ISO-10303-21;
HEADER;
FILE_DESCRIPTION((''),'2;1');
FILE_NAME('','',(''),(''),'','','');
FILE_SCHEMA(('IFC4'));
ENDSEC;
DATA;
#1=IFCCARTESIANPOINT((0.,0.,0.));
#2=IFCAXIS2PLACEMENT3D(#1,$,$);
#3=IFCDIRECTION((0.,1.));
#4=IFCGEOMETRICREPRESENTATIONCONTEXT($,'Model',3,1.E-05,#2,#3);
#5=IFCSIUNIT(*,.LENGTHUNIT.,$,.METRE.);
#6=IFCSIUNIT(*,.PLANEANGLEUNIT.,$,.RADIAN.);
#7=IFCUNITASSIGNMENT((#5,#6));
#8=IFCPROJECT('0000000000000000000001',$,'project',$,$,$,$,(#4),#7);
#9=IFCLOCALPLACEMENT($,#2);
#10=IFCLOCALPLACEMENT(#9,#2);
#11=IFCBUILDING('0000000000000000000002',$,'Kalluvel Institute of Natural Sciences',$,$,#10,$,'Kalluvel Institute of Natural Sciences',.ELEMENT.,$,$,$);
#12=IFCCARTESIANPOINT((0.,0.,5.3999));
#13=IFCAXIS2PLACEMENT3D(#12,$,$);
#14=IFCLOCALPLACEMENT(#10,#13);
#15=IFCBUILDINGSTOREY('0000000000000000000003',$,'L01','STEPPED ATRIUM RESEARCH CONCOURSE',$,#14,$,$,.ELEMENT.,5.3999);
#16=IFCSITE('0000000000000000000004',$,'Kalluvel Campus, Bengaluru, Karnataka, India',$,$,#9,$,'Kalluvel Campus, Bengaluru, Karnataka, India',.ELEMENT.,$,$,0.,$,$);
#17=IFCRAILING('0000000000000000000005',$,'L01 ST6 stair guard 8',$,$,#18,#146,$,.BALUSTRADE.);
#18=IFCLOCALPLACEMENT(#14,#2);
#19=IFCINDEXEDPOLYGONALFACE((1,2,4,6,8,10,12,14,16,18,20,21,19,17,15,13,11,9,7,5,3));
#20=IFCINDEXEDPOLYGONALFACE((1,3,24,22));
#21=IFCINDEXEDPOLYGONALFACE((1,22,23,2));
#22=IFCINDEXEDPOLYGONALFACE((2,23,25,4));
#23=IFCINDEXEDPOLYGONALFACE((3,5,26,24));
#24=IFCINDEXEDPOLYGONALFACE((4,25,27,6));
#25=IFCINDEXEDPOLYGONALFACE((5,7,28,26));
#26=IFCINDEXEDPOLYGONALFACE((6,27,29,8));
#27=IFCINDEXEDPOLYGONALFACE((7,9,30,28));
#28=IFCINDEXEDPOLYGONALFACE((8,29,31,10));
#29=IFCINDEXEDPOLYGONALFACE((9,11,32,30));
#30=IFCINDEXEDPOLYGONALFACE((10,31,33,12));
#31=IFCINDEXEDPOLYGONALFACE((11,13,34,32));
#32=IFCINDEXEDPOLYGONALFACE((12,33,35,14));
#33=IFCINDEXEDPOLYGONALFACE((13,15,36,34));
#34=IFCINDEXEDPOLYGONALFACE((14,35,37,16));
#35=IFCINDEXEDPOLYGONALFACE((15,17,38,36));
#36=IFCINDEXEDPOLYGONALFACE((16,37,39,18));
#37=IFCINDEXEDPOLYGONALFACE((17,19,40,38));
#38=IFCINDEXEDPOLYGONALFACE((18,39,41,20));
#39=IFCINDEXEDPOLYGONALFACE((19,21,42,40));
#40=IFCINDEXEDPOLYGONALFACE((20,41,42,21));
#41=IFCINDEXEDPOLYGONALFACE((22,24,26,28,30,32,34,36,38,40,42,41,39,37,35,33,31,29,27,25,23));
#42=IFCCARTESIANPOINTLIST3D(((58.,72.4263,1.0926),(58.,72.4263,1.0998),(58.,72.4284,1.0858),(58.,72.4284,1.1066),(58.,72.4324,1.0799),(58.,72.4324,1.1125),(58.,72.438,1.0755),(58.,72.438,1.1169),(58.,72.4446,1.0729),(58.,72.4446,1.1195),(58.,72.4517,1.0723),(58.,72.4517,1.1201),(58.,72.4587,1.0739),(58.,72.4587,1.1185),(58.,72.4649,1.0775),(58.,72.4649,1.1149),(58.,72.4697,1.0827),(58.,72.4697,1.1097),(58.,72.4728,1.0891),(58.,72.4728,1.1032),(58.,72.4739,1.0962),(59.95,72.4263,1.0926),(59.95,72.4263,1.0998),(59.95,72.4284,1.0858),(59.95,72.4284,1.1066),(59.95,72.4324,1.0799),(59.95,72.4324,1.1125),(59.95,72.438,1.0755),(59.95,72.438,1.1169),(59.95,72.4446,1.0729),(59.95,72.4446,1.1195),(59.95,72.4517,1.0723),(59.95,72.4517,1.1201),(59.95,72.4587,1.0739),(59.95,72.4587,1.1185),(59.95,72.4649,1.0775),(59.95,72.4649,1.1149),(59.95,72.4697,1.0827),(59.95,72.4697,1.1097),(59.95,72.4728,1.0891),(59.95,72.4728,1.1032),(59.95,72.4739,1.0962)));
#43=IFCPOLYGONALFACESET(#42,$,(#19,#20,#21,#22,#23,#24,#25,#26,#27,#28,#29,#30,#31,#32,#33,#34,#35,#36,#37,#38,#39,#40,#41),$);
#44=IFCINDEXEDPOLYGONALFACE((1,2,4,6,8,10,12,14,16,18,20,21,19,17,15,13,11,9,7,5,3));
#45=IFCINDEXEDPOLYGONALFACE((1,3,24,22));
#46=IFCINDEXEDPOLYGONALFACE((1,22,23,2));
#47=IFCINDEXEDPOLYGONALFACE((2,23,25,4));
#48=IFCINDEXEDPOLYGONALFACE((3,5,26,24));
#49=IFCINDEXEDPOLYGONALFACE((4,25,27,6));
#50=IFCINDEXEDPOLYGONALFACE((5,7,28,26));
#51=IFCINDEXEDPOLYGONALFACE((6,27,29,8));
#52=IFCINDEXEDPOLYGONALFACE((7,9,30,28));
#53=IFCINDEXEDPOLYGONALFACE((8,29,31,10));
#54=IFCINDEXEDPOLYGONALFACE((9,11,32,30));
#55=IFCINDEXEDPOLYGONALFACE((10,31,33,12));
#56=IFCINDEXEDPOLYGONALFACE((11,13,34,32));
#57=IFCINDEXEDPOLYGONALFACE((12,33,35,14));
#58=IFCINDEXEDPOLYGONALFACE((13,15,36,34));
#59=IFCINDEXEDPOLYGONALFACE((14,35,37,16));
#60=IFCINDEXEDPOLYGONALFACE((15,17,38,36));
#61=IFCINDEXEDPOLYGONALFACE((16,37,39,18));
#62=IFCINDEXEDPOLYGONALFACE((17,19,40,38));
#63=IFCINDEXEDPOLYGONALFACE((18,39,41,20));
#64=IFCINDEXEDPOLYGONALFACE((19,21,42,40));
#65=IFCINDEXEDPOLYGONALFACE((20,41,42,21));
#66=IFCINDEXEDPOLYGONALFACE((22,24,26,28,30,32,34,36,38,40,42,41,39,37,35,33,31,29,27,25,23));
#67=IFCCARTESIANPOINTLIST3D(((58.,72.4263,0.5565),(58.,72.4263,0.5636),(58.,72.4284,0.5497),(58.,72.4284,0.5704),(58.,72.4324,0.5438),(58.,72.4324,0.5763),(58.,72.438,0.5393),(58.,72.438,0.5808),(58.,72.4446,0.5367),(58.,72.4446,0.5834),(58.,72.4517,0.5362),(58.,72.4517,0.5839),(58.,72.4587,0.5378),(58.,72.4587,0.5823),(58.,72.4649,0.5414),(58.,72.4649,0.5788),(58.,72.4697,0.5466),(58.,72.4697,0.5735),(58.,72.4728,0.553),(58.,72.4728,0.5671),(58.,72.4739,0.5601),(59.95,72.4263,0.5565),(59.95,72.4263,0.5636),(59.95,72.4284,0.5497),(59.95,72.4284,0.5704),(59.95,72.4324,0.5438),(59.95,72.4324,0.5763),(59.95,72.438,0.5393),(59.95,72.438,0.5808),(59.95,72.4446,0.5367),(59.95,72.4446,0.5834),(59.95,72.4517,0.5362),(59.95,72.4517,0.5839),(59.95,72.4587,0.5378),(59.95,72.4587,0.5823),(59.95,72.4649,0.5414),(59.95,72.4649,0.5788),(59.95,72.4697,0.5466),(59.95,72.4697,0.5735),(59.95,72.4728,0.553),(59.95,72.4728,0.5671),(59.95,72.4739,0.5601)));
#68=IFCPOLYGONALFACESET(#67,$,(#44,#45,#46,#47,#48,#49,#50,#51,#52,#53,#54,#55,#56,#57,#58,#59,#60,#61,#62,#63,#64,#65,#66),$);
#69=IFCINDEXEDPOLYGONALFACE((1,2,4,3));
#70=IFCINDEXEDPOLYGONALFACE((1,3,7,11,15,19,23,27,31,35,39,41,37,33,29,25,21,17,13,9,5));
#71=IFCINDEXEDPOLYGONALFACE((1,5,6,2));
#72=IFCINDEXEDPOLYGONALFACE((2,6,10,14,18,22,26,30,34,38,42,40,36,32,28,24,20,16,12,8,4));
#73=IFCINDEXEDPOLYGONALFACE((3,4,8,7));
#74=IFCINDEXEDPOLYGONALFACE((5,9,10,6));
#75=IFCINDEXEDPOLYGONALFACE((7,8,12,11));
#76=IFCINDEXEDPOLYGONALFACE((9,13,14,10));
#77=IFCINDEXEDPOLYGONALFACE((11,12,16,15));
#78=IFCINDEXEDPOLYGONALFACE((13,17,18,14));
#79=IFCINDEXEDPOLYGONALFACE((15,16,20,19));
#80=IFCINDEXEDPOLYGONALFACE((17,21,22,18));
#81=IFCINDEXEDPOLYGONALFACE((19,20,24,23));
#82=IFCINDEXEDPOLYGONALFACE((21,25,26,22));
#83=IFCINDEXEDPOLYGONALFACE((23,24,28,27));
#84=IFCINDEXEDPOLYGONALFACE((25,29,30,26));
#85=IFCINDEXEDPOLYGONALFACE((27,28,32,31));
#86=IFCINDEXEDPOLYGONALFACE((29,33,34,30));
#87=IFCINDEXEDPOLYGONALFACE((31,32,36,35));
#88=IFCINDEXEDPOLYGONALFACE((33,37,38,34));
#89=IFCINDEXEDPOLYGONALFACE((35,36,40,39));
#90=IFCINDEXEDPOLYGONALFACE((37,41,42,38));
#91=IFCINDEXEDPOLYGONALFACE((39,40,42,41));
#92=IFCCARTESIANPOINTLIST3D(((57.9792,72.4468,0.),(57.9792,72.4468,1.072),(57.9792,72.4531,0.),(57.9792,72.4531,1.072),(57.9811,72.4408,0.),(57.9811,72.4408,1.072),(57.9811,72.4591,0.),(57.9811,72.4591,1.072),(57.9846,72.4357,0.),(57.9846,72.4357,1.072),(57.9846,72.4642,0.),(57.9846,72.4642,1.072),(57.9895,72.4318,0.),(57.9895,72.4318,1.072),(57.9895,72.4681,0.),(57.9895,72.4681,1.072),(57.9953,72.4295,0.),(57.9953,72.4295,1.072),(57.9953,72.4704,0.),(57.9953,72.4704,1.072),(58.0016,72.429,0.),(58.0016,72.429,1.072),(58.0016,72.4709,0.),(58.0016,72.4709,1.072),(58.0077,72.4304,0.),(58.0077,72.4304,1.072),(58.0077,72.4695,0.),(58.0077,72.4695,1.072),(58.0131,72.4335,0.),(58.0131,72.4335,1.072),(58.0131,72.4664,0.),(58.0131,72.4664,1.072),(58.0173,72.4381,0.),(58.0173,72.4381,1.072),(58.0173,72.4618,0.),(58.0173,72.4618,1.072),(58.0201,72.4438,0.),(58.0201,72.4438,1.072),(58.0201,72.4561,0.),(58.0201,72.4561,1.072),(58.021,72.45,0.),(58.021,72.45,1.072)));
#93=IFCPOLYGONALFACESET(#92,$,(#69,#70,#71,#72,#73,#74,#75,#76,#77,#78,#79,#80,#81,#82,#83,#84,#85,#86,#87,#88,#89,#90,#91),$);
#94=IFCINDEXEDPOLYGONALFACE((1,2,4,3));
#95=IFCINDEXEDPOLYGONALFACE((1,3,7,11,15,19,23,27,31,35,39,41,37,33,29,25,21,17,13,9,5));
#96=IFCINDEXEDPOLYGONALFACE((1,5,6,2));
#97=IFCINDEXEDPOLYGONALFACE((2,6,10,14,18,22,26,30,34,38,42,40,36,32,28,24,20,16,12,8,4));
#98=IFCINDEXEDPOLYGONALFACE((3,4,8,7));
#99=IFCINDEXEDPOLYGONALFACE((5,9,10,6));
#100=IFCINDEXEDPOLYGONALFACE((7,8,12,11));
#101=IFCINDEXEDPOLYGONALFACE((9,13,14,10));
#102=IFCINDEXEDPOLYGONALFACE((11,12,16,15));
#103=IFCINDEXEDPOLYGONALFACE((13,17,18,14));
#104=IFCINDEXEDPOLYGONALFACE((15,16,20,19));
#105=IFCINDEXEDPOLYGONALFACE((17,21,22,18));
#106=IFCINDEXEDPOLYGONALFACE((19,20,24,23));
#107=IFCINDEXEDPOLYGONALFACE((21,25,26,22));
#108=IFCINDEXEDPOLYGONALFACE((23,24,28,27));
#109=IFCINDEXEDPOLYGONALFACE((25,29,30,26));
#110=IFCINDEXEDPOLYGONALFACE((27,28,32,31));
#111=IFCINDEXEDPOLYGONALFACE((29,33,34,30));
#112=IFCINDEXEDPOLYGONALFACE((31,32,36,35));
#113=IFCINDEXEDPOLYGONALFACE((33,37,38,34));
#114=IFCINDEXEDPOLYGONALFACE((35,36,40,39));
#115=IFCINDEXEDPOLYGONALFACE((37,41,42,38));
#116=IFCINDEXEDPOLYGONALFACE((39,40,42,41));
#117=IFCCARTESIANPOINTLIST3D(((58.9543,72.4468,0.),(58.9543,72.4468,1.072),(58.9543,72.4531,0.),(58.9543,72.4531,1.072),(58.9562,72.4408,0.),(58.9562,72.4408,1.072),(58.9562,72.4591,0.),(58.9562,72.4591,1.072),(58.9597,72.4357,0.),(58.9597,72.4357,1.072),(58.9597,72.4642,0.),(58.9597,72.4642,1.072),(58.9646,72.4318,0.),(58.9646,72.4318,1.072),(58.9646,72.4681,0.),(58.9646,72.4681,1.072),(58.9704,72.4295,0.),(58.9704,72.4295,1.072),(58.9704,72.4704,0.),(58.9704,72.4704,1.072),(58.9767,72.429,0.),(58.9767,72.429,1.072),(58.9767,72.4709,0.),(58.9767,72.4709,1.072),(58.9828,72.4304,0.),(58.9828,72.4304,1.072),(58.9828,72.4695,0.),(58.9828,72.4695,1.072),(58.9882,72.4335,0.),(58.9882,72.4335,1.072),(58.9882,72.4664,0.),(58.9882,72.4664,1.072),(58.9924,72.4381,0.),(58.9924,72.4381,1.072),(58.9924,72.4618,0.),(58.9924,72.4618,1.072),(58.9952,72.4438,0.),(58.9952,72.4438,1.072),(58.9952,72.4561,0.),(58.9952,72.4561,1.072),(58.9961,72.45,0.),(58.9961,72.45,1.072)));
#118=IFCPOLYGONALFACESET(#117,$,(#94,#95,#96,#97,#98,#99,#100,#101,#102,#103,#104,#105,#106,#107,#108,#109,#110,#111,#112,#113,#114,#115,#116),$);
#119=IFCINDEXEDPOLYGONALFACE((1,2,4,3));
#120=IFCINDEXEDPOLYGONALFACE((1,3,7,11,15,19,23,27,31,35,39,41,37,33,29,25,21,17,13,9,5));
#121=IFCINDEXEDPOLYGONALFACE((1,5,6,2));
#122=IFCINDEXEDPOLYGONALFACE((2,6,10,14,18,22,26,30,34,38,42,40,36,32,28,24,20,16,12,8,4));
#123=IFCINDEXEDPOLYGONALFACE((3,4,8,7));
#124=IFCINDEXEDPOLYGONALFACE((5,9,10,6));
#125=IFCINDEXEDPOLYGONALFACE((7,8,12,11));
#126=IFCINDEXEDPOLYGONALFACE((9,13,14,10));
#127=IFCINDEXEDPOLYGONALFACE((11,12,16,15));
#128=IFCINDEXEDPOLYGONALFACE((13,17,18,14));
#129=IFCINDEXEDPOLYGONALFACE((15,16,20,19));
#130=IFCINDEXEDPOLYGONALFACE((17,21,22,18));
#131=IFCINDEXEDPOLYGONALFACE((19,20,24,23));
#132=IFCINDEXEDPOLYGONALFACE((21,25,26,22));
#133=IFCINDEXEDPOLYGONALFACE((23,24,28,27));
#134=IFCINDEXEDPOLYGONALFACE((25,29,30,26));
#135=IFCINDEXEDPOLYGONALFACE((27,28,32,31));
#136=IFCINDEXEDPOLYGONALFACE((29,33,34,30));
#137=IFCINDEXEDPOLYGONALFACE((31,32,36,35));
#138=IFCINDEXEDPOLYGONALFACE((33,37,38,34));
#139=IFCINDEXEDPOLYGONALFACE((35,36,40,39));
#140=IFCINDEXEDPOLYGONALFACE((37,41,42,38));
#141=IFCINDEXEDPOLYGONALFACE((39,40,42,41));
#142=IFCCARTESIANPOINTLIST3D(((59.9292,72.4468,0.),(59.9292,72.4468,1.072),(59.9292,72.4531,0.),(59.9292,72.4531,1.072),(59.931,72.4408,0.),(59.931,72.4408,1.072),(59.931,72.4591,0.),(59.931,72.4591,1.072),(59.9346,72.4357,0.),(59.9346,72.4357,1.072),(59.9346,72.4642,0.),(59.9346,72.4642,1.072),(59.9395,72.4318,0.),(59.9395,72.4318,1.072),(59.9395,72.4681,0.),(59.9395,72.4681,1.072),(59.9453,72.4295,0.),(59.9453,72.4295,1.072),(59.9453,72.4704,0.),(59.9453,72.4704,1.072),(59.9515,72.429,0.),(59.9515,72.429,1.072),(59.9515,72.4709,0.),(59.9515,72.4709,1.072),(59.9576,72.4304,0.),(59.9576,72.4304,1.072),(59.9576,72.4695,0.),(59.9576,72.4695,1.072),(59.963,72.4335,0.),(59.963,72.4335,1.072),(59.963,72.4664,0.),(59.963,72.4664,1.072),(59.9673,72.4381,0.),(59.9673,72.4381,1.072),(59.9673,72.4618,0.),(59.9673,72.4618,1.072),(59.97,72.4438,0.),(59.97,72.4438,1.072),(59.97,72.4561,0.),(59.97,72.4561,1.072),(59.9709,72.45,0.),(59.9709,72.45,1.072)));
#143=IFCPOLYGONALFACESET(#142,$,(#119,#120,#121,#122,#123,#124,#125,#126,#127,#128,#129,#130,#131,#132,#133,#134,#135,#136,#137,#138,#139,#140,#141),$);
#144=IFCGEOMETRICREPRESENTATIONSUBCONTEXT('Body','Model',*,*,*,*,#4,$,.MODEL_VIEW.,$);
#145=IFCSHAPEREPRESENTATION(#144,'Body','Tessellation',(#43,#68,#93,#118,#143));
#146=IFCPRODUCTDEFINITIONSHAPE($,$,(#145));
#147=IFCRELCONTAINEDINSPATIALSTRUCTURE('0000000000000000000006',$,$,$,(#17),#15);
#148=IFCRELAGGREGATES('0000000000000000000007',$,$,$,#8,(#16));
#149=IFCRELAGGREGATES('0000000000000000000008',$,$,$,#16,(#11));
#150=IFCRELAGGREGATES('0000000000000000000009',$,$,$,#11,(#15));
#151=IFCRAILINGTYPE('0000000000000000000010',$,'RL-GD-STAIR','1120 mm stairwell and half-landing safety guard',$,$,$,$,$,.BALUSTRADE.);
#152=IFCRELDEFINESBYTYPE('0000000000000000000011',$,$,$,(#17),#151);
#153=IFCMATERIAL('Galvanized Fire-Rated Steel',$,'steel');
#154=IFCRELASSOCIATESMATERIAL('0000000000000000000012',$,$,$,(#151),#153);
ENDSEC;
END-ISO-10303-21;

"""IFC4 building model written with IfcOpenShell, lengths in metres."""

from ifc_helpers import new_model, si_unit, direction, frame, origin, origin_2d, place, context, subcontext, project, spatial, circle, extrude, material, type_object, element, save


model = new_model("IFC4")

# Units and contexts
model_context = context("Model", 3, precision=1e-05, world=origin(), true_north=direction((0.0, 1.0)))
body_context = subcontext(model_context, "Body", "Model", "MODEL_VIEW")
ifc_project = project(units=[si_unit("LENGTHUNIT", "METRE"), si_unit("PLANEANGLEUNIT", "RADIAN")], contexts=[model_context])

# Site, building, storey
site_placement = place(None, origin())
site = spatial("IfcSite", under=ifc_project, at=site_placement, Name="Kalluvel Campus, Bengaluru, Karnataka, India", LongName="Kalluvel Campus, Bengaluru, Karnataka, India", CompositionType="ELEMENT", RefElevation=0.0)
building_placement = place(site_placement, origin())
building = spatial("IfcBuilding", under=site, at=building_placement, Name="Kalluvel Institute of Natural Sciences", LongName="Kalluvel Institute of Natural Sciences", CompositionType="ELEMENT")
storey_placement = place(building_placement, frame((0.0, 0.0, 5.3999)))
storey = spatial("IfcBuildingStorey", under=building, at=storey_placement, Name="L01", Description="STEPPED ATRIUM RESEARCH CONCOURSE", CompositionType="ELEMENT", Elevation=5.3999)

# Railing
ifc_material_1 = material(Name="Galvanized Fire-Rated Steel", Category="steel")
railing_type_1 = type_object("IfcRailingType", Name="RL-GD-STAIR", Description="1120 mm stairwell and half-landing safety guard", PredefinedType="BALUSTRADE", material=ifc_material_1)
for number, where, name in (
    (1, (58.0, 72.45, 0.0), "L01 ST6 stair guard 8"),
):
    element("IfcRailing", number, at=place(storey_placement, frame(where)), inside=storey, type_object=railing_type_1, Name=name, PredefinedType="BALUSTRADE", context=body_context, shape_type="SweptSolid", body=[
        extrude(circle(Radius=0.0239, at=origin_2d()), frame((0.0, 0.0, 1.0962), z_axis=(1.0, 0.0, 0.0), x_axis=(0.0, 1.0, 0.0)), (0.0, 0.0, 1.0), 1.95),
        extrude(circle(Radius=0.0239, at=origin_2d()), frame((0.0, 0.0, 0.5601), z_axis=(1.0, 0.0, 0.0), x_axis=(0.0, 1.0, 0.0)), (0.0, 0.0, 1.0), 1.95),
        extrude(circle(Radius=0.021, at=origin_2d()), origin(), (0.0, 0.0, 1.0), 1.072),
        extrude(circle(Radius=0.021, at=origin_2d()), frame((0.9751, 0.0, 0.0)), (0.0, 0.0, 1.0), 1.072),
        extrude(circle(Radius=0.021, at=origin_2d()), frame((1.95, 0.0, 0.0)), (0.0, 0.0, 1.0), 1.072),
    ])

save(model, "model.ifc")
